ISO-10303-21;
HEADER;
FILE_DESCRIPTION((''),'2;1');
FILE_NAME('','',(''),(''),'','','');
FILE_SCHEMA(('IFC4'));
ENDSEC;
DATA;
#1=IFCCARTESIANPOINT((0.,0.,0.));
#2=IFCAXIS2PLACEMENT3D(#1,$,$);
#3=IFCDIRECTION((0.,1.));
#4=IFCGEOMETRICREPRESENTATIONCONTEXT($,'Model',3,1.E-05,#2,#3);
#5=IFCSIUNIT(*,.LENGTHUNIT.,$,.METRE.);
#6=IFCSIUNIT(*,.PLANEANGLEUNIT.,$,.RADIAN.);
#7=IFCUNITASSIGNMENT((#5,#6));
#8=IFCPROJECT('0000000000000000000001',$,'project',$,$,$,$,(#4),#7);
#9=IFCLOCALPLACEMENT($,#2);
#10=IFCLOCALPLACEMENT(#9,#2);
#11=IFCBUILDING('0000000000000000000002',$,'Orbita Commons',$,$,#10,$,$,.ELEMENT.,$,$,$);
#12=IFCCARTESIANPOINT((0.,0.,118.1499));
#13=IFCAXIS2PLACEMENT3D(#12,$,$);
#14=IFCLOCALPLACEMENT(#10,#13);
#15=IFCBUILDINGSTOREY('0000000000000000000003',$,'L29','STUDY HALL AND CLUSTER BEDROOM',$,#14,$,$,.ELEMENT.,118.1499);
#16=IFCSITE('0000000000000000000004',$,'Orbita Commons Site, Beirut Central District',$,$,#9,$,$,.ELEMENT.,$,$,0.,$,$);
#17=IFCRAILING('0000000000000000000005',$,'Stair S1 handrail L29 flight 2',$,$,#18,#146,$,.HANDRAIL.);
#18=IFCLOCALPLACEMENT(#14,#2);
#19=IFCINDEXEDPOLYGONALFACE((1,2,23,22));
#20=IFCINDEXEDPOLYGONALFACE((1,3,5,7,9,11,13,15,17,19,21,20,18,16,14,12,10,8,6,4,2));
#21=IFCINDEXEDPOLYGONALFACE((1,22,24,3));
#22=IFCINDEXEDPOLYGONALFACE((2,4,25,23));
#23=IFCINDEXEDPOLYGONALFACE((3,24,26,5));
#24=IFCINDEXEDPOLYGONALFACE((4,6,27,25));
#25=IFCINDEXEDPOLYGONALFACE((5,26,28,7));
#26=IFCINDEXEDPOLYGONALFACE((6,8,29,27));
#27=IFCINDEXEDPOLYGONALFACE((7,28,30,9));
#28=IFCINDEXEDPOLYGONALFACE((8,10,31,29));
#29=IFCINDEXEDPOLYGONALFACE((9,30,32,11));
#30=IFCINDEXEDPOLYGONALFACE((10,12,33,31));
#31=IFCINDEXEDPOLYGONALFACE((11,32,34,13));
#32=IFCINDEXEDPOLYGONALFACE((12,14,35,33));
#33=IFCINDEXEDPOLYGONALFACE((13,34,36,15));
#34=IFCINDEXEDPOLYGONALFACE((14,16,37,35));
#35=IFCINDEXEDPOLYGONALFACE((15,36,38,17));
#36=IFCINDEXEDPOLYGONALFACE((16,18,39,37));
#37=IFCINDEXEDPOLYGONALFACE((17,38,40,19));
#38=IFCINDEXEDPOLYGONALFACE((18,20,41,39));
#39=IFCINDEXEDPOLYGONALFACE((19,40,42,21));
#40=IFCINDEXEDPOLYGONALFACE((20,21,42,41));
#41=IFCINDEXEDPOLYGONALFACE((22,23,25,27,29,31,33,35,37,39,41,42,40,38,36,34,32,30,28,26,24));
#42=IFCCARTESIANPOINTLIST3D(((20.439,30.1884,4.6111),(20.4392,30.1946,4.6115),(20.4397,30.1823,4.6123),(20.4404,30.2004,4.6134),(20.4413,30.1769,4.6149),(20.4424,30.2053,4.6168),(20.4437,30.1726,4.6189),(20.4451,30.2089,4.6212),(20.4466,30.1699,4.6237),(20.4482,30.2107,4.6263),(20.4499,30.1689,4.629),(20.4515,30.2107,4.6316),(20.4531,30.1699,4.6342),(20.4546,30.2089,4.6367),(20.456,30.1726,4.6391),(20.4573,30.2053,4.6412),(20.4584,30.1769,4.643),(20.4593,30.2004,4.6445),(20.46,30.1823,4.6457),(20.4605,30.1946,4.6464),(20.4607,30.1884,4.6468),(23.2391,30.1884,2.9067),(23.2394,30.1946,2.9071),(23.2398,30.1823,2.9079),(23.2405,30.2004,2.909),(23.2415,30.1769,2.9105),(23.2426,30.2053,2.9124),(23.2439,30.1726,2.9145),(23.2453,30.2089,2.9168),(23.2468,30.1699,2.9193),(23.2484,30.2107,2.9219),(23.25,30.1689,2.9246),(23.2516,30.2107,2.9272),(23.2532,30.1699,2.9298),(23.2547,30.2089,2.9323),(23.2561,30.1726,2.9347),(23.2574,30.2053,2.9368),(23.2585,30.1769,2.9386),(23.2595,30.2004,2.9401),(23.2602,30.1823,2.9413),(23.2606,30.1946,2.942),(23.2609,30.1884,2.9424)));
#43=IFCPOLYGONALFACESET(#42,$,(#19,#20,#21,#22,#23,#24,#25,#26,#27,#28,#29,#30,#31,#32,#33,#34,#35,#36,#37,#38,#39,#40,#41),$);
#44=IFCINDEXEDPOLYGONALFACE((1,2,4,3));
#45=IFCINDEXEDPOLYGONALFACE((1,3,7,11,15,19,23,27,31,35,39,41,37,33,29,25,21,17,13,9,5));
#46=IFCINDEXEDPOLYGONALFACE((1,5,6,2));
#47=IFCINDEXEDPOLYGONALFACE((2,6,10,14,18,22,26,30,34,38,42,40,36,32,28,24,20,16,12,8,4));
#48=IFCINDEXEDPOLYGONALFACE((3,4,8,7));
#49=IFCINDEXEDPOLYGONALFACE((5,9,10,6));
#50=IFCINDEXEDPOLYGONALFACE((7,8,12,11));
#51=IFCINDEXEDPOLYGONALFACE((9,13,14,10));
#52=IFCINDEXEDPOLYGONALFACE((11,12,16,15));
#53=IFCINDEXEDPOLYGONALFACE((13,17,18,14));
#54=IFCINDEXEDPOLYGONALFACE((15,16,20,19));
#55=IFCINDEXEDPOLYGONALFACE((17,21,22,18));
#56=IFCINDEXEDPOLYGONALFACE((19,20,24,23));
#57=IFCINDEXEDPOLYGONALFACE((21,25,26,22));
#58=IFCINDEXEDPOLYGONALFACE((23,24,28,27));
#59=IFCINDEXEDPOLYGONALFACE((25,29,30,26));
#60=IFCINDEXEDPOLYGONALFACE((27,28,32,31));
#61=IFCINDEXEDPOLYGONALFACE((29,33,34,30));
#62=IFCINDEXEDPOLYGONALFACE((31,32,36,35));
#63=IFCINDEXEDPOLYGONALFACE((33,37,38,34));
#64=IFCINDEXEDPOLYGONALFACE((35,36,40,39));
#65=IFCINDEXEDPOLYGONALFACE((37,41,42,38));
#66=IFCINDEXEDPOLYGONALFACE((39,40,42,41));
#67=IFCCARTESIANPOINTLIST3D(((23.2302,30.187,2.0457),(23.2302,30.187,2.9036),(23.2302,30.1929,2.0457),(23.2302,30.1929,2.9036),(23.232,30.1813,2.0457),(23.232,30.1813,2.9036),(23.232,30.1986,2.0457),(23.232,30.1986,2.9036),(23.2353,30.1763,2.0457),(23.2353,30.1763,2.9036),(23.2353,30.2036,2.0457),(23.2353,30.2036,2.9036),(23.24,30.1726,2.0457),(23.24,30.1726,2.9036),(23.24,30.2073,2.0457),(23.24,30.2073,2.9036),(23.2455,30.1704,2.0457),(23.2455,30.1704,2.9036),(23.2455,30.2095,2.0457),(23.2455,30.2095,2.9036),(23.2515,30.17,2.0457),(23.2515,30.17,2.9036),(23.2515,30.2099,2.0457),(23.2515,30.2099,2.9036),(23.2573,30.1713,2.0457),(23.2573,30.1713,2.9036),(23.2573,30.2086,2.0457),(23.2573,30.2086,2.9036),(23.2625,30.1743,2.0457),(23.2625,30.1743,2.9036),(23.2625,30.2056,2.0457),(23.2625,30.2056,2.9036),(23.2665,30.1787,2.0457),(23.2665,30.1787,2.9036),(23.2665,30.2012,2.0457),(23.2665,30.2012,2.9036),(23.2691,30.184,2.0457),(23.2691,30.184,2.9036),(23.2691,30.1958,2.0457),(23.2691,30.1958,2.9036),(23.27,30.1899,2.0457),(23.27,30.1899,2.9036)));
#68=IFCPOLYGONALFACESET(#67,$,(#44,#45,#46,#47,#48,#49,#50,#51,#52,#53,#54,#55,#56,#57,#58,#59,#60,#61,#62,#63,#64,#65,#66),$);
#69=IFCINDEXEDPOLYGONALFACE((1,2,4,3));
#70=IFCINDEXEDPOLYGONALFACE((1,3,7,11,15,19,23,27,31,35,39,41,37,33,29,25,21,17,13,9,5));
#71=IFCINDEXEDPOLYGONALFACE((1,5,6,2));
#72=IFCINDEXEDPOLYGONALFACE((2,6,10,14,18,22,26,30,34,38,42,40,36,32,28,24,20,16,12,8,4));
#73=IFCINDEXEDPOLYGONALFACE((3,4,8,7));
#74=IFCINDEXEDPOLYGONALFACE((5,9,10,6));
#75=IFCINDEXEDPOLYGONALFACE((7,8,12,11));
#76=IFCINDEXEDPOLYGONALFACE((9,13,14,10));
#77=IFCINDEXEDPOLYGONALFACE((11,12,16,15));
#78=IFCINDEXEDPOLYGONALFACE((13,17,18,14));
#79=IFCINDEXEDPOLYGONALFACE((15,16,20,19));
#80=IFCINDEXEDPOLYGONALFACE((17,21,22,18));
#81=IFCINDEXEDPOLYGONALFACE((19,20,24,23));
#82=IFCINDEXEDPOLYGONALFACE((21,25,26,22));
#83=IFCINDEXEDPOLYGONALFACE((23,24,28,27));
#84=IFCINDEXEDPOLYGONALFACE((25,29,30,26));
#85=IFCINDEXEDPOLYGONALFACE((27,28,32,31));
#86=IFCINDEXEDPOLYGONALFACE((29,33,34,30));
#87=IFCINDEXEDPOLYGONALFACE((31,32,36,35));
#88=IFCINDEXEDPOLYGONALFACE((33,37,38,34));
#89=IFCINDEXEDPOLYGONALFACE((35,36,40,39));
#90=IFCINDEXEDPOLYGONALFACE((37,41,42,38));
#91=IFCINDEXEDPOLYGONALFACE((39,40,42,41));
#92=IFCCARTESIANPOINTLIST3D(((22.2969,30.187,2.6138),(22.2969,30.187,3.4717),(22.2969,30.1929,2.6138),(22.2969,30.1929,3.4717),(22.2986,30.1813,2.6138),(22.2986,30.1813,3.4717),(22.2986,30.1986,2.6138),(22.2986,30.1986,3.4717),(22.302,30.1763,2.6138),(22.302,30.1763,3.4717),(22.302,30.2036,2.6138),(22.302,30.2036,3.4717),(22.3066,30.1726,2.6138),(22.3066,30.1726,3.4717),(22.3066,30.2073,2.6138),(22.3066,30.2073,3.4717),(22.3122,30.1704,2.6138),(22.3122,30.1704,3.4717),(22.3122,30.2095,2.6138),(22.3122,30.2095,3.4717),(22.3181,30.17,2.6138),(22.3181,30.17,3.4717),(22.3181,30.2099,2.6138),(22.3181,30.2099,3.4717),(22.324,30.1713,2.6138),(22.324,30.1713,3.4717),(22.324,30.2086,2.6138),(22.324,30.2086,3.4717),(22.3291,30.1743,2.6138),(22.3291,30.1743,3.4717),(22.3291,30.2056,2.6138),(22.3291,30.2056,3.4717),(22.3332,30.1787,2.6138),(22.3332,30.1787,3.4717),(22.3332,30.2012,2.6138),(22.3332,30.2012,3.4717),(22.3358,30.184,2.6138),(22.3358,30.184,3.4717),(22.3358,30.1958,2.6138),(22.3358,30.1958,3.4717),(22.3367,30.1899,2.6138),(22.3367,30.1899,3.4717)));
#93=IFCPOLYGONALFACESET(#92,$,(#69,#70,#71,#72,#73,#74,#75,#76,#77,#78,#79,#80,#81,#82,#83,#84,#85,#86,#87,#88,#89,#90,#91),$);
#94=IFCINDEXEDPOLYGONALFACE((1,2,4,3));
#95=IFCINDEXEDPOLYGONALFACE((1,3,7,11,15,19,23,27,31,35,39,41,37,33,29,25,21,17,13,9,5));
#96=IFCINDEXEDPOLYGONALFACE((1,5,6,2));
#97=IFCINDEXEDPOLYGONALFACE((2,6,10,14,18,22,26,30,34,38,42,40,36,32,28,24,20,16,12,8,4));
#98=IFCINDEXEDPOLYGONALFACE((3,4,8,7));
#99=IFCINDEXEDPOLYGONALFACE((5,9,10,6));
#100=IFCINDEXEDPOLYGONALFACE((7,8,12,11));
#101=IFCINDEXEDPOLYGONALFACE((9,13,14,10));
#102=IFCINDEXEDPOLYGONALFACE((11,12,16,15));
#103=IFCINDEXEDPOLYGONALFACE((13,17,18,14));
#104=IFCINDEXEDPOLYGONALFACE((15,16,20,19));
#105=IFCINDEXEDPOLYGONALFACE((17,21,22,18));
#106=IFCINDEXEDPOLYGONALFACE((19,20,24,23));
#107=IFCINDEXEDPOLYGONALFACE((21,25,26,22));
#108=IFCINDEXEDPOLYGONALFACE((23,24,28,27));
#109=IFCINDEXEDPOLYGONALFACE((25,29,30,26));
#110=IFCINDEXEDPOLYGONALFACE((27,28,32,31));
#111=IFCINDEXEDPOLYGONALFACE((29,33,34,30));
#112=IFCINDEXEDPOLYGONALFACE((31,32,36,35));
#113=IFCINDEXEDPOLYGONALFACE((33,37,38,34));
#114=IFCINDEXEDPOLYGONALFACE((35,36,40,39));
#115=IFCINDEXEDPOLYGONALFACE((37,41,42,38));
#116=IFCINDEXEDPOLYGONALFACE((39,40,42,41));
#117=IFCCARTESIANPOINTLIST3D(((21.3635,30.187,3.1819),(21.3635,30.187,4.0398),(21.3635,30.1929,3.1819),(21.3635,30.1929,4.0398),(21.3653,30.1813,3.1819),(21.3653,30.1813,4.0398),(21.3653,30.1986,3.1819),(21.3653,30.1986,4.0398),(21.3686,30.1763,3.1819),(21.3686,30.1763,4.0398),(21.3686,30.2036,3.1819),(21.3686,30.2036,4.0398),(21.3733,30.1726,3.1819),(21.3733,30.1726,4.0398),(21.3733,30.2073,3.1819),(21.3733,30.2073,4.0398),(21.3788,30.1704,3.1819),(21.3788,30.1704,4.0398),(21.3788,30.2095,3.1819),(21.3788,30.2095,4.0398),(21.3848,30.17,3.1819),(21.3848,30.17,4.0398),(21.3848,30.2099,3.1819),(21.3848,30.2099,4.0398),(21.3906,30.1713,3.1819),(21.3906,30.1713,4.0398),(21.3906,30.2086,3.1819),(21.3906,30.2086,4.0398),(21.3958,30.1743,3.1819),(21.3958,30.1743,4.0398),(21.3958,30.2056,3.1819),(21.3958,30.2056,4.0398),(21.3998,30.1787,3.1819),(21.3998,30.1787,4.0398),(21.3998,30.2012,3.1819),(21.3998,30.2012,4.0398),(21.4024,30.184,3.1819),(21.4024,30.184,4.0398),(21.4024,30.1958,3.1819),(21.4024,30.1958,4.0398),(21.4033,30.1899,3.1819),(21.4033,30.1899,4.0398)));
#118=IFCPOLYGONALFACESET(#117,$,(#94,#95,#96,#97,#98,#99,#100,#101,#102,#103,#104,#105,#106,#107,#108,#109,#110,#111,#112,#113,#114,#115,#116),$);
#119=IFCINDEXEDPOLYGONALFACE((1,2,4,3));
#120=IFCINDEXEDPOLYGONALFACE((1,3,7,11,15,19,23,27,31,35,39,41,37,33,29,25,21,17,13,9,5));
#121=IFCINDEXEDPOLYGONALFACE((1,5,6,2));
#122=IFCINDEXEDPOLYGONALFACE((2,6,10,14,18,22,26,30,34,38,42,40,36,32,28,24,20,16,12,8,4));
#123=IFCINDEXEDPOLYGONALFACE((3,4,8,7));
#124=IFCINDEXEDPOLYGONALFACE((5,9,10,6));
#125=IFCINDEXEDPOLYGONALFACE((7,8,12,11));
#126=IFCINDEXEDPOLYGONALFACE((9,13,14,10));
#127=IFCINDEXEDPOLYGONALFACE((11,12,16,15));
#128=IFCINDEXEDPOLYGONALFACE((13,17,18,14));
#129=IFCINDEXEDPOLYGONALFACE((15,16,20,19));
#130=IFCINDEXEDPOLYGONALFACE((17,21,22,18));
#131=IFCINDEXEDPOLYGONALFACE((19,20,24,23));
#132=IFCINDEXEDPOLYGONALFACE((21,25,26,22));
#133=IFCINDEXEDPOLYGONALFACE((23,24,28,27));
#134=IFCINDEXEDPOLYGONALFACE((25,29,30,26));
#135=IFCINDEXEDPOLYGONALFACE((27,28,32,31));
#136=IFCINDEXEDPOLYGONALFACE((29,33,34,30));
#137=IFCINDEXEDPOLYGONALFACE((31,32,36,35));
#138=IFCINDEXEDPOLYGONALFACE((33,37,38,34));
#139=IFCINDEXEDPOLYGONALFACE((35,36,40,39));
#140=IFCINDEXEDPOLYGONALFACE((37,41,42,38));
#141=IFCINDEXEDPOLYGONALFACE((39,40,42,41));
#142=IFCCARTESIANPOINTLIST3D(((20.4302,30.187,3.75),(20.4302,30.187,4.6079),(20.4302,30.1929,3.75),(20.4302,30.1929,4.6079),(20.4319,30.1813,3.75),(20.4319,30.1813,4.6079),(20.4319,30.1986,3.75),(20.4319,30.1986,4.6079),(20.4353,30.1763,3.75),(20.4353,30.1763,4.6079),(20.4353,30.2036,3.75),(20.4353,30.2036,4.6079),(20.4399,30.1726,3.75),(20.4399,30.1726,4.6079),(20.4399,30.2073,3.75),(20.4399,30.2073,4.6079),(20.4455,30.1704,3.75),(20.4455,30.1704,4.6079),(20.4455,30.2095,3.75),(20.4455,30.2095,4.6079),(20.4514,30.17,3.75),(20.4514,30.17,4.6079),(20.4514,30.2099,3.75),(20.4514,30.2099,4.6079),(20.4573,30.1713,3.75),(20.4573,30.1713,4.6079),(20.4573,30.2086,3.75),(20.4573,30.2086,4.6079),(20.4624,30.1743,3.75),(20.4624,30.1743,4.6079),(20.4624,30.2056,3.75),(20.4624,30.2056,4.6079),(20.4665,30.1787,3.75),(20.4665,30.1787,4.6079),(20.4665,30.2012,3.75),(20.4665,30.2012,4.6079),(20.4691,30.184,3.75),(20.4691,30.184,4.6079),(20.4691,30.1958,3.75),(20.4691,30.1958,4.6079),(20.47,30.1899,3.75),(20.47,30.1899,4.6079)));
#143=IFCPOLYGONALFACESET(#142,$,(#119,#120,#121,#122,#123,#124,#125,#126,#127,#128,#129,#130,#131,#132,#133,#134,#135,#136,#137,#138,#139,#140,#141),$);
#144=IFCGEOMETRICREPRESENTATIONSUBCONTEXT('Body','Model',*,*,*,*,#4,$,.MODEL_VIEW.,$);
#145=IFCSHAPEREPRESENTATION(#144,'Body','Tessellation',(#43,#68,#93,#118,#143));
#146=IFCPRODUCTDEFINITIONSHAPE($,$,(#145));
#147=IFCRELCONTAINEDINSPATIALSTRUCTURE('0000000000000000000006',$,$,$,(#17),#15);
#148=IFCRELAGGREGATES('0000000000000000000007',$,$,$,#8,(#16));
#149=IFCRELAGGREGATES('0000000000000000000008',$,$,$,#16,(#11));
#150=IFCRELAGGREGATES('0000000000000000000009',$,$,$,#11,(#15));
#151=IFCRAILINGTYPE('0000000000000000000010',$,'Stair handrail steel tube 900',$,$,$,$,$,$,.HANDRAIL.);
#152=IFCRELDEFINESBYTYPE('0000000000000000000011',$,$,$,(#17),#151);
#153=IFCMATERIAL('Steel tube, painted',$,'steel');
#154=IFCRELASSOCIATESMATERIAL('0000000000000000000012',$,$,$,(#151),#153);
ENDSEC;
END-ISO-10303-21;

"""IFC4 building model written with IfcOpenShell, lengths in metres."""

from ifc_helpers import new_model, si_unit, direction, frame, origin, origin_2d, place, context, subcontext, project, spatial, circle, extrude, material, type_object, element, save


model = new_model("IFC4")

# Units and contexts
model_context = context("Model", 3, precision=1e-05, world=origin(), true_north=direction((0.0, 1.0)))
body_context = subcontext(model_context, "Body", "Model", "MODEL_VIEW")
ifc_project = project(units=[si_unit("LENGTHUNIT", "METRE"), si_unit("PLANEANGLEUNIT", "RADIAN")], contexts=[model_context])

# Site, building, storey
site_placement = place(None, origin())
site = spatial("IfcSite", under=ifc_project, at=site_placement, Name="Orbita Commons Site, Beirut Central District", CompositionType="ELEMENT", RefElevation=0.0)
building_placement = place(site_placement, origin())
building = spatial("IfcBuilding", under=site, at=building_placement, Name="Orbita Commons", CompositionType="ELEMENT")
storey_placement = place(building_placement, frame((0.0, 0.0, 118.1499)))
storey = spatial("IfcBuildingStorey", under=building, at=storey_placement, Name="L29", Description="STUDY HALL AND CLUSTER BEDROOM", CompositionType="ELEMENT", Elevation=118.1499)

# Railing
ifc_material_1 = material(Name="Steel tube, painted", Category="steel")
railing_type = type_object("IfcRailingType", Name="Stair handrail steel tube 900", PredefinedType="HANDRAIL", material=ifc_material_1)
for number, where, name in (
    (1, (23.25, 30.1899, 2.0457), "Stair S1 handrail L29 flight 2"),
):
    element("IfcRailing", number, at=place(storey_placement, frame(where)), inside=storey, type_object=railing_type, Name=name, PredefinedType="HANDRAIL", context=body_context, shape_type="SweptSolid", body=[
        extrude(circle(Radius=0.021, at=origin_2d()), frame((0.0, 0.0, 0.8789), z_axis=(-0.854203, 0.0, 0.51994), x_axis=(0.0, -1.0, 0.0)), (0.0, 0.0, 1.0), 3.2781),
        extrude(circle(Radius=0.02, at=origin_2d()), origin(), (0.0, 0.0, 1.0), 0.8579),
        extrude(circle(Radius=0.02, at=origin_2d()), frame((-0.9333, 0.0, 0.5681)), (0.0, 0.0, 1.0), 0.8579),
        extrude(circle(Radius=0.02, at=origin_2d()), frame((-1.8667, 0.0, 1.1362)), (0.0, 0.0, 1.0), 0.8579),
        extrude(circle(Radius=0.02, at=origin_2d()), frame((-2.8, 0.0, 1.7043)), (0.0, 0.0, 1.0), 0.8579),
    ])

save(model, "model.ifc")
